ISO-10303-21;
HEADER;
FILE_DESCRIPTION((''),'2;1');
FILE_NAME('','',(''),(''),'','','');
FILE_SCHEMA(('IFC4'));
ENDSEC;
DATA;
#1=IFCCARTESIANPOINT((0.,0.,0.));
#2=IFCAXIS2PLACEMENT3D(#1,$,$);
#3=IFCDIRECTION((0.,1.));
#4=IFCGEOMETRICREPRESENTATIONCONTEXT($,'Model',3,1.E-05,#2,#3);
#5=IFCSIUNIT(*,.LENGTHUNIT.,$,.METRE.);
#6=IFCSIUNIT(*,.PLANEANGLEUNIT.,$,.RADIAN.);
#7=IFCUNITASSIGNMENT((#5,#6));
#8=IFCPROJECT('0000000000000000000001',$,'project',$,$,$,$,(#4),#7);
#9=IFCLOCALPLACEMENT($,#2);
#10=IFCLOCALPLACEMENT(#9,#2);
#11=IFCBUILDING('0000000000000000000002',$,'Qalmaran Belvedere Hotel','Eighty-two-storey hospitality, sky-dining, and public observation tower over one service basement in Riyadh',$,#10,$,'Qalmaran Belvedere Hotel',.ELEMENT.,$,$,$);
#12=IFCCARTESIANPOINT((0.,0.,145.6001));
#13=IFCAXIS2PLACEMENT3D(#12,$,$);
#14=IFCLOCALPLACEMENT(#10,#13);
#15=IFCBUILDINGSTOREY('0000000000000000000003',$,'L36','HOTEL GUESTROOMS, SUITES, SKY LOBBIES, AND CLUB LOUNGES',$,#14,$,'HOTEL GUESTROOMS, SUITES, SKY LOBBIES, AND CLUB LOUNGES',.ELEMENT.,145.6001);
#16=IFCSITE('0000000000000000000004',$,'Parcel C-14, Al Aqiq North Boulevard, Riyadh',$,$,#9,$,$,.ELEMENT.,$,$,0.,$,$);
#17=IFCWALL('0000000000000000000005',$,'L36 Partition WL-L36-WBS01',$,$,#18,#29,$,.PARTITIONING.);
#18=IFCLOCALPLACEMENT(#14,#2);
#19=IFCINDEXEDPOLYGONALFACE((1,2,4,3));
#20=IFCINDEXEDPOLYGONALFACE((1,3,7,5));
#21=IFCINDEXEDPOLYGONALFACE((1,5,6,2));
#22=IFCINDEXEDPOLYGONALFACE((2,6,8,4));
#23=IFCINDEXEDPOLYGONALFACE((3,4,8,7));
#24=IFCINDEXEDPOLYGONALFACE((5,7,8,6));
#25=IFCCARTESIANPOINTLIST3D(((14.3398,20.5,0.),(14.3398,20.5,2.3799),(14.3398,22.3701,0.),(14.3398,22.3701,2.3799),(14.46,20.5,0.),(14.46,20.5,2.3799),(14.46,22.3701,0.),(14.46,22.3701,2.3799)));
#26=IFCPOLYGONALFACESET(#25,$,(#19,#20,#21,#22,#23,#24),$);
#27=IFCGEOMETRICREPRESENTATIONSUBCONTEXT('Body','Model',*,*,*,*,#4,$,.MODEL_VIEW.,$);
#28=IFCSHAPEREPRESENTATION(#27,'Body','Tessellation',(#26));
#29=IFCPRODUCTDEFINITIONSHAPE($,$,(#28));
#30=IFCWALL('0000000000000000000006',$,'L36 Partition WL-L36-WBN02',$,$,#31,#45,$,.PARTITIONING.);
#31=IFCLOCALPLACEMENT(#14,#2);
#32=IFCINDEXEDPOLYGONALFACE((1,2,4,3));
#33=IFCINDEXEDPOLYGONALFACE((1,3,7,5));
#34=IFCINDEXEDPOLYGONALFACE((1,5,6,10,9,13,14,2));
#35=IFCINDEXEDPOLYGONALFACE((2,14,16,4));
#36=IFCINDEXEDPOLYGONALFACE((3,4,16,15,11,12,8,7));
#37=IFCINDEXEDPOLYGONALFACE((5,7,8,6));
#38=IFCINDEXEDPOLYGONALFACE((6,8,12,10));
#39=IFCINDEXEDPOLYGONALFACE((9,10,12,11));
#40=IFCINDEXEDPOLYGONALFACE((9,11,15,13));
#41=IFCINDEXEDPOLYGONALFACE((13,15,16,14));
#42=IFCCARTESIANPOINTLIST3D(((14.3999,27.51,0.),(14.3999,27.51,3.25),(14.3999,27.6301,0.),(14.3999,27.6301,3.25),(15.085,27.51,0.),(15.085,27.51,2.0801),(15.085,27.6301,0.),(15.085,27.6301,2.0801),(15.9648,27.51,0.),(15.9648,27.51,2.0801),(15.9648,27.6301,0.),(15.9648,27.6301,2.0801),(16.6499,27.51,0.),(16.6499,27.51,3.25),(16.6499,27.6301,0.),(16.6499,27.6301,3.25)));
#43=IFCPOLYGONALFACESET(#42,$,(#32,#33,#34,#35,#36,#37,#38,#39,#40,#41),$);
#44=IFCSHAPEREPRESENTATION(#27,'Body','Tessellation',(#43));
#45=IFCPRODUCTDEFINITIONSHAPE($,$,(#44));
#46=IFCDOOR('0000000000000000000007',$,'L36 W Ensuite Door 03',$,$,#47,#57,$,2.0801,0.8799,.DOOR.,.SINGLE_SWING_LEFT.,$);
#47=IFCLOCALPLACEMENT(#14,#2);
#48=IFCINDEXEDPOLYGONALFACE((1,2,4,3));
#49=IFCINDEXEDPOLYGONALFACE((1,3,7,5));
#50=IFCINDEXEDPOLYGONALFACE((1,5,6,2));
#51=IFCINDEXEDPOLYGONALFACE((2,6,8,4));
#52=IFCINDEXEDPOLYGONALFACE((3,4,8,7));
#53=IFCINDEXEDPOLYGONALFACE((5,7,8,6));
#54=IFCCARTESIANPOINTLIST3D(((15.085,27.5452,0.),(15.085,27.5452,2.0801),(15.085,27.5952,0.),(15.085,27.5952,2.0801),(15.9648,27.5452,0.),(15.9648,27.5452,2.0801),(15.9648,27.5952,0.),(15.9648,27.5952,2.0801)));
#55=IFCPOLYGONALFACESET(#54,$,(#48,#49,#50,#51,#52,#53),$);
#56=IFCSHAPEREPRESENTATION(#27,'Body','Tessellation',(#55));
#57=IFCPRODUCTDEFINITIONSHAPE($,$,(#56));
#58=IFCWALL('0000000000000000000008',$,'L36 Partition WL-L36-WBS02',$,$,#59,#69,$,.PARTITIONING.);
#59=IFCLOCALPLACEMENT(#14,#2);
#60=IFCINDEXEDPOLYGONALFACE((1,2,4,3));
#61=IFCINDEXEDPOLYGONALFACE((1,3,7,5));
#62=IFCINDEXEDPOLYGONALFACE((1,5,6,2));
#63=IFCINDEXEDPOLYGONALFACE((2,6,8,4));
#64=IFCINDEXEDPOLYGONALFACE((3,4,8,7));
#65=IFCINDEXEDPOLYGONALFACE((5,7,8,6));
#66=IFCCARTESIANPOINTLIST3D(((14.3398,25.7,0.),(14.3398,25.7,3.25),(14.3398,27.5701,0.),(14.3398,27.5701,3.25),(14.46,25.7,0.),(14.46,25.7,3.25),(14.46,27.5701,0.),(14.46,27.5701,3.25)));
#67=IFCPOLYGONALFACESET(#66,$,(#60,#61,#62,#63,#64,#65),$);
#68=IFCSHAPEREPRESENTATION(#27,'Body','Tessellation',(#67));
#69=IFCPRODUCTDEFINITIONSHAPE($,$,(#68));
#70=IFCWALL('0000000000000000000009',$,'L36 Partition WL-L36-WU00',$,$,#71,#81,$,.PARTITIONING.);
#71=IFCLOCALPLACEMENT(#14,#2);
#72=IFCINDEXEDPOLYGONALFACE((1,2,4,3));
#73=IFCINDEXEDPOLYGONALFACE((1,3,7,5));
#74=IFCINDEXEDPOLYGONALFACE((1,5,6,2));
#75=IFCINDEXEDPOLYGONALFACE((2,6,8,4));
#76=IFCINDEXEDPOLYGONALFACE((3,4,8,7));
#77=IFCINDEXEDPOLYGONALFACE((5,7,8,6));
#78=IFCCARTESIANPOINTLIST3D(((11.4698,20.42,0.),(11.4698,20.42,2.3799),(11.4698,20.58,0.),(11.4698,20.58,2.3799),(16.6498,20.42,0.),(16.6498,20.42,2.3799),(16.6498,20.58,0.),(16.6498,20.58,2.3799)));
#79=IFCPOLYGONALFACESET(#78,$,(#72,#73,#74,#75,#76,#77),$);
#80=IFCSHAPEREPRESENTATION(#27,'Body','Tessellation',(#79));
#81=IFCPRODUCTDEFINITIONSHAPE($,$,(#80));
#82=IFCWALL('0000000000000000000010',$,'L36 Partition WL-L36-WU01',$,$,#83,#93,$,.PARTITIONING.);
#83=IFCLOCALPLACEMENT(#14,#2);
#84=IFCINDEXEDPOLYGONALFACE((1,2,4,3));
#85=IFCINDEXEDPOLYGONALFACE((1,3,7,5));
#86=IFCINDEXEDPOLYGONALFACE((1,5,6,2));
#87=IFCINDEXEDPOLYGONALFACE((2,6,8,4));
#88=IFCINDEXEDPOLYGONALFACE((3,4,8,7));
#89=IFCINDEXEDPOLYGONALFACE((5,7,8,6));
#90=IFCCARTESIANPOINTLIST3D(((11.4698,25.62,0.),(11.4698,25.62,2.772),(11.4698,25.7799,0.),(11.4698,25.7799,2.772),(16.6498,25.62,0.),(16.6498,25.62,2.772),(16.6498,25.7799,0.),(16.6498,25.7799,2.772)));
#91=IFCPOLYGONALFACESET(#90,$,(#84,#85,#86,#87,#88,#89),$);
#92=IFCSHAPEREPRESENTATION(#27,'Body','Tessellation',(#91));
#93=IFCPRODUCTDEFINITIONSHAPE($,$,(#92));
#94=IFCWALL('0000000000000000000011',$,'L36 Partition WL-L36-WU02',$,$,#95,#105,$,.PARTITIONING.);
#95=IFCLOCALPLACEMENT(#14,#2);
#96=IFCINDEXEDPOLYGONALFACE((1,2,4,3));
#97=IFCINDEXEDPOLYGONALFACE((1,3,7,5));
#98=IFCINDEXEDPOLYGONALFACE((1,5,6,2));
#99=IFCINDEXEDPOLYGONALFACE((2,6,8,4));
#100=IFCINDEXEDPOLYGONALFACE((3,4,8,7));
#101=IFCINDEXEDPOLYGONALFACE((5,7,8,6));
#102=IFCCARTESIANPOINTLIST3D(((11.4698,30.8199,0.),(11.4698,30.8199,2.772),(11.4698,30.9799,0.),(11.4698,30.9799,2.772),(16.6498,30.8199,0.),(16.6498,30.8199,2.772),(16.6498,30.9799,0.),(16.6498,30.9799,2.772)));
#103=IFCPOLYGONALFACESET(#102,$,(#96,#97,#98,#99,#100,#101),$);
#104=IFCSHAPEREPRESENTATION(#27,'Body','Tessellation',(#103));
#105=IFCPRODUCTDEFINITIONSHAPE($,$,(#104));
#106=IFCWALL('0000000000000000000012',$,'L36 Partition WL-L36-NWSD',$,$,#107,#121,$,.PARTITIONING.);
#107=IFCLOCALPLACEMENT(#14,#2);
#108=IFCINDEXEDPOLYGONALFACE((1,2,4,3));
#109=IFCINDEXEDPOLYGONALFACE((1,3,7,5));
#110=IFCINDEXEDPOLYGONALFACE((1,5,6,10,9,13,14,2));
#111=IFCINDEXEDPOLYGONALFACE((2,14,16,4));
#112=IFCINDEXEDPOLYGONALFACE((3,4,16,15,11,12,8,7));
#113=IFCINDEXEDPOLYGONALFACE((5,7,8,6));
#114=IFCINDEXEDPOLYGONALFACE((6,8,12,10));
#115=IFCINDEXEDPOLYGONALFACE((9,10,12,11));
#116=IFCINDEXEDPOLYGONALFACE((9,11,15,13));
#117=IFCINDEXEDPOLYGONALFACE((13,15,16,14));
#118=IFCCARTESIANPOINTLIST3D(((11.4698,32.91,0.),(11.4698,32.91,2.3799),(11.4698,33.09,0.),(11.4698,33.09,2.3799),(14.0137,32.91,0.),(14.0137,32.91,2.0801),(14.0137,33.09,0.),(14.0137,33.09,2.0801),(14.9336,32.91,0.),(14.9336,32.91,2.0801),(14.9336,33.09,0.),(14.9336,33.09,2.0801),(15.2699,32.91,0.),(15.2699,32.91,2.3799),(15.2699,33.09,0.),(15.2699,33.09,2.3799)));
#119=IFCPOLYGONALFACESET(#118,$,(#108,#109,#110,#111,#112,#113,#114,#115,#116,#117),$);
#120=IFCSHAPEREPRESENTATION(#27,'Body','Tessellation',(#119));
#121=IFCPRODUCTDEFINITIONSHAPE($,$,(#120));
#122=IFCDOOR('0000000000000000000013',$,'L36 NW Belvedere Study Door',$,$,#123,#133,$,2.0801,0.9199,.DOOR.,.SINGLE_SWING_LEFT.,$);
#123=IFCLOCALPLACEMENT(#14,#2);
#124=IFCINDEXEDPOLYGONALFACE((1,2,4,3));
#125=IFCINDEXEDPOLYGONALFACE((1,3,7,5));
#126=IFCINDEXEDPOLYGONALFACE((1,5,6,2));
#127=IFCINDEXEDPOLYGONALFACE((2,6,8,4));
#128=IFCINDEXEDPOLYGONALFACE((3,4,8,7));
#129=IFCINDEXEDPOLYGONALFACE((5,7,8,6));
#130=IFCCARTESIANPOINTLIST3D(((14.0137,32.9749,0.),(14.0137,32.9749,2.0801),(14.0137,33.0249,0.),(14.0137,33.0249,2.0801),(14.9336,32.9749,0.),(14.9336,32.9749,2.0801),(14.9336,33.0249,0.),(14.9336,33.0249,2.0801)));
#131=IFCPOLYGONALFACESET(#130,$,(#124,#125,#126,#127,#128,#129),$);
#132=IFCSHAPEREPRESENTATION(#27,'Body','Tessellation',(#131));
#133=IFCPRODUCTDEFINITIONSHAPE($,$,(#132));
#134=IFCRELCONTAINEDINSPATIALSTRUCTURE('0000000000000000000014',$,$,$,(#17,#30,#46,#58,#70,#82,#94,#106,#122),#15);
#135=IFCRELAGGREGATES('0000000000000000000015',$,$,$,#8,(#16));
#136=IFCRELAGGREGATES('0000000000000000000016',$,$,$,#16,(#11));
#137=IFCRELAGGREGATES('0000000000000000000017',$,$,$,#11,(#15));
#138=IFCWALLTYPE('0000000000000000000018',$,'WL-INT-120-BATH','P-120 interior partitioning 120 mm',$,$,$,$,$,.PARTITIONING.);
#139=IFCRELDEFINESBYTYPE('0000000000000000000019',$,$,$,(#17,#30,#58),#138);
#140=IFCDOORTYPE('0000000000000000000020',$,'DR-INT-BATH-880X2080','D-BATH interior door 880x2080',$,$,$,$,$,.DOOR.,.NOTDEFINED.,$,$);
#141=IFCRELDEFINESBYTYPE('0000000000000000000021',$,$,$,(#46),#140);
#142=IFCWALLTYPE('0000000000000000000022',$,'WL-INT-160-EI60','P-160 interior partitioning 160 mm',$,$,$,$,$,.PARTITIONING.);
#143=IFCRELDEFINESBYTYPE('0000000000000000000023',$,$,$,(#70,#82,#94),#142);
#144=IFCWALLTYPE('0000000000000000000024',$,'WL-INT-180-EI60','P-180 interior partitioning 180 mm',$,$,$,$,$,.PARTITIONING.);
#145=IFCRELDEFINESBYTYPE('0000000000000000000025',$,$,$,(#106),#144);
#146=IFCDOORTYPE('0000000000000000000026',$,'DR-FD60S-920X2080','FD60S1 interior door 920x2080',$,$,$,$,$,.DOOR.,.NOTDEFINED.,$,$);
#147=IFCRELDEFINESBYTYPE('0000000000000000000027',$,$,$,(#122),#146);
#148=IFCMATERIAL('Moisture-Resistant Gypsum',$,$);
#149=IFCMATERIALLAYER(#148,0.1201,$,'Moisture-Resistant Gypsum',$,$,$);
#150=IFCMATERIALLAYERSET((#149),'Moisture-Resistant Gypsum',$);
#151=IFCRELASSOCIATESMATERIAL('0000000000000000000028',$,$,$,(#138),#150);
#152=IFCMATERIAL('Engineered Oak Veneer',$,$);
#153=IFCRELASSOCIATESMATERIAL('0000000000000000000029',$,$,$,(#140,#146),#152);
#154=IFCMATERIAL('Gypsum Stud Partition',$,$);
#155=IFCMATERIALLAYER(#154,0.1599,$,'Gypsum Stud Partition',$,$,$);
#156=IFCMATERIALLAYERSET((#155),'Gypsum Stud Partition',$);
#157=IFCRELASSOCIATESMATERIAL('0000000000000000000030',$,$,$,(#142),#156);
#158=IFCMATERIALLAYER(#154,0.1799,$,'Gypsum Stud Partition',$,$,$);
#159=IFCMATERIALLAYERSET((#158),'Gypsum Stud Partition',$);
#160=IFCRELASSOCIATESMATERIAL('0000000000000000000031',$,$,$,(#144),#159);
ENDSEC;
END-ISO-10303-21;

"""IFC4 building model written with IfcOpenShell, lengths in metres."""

from ifc_helpers import new_model, si_unit, direction, frame, frame_2d, origin, place, context, subcontext, project, spatial, rectangle, extrude, material, layer, layer_set, type_object, element, fill, save


model = new_model("IFC4")

# Units and contexts
model_context = context("Model", 3, precision=1e-05, world=origin(), true_north=direction((0.0, 1.0)))
body_context = subcontext(model_context, "Body", "Model", "MODEL_VIEW")
ifc_project = project(units=[si_unit("LENGTHUNIT", "METRE"), si_unit("PLANEANGLEUNIT", "RADIAN")], contexts=[model_context])

# Site, building, storey
site_placement = place(None, origin())
site = spatial("IfcSite", under=ifc_project, at=site_placement, Name="Parcel C-14, Al Aqiq North Boulevard, Riyadh", CompositionType="ELEMENT", RefElevation=0.0)
building_placement = place(site_placement, origin())
building = spatial("IfcBuilding", under=site, at=building_placement, Name="Qalmaran Belvedere Hotel", Description="Eighty-two-storey hospitality, sky-dining, and public observation tower over one service basement in Riyadh", LongName="Qalmaran Belvedere Hotel", CompositionType="ELEMENT")
storey_placement = place(building_placement, frame((0.0, 0.0, 145.6001)))
storey = spatial("IfcBuildingStorey", under=building, at=storey_placement, Name="L36", Description="HOTEL GUESTROOMS, SUITES, SKY LOBBIES, AND CLUB LOUNGES", LongName="HOTEL GUESTROOMS, SUITES, SKY LOBBIES, AND CLUB LOUNGES", CompositionType="ELEMENT", Elevation=145.6001)

# Shared definitions
ifc_material_1 = material(Name="Moisture-Resistant Gypsum")
ifc_layer_1 = layer(ifc_material_1, 0.1201, Name="Moisture-Resistant Gypsum")
ifc_layer_set_1 = layer_set([ifc_layer_1], Name="Moisture-Resistant Gypsum")
wall_type_1 = type_object("IfcWallType", Name="WL-INT-120-BATH", Description="P-120 interior partitioning 120 mm", PredefinedType="PARTITIONING", material=ifc_layer_set_1)
ifc_material_2 = material(Name="Engineered Oak Veneer")
door_type_1 = type_object("IfcDoorType", Name="DR-INT-BATH-880X2080", Description="D-BATH interior door 880x2080", OperationType="NOTDEFINED", PredefinedType="DOOR", material=ifc_material_2)

# Wall
wall_1_placement = place(storey_placement, frame((14.3999, 20.5, 0.0), z_axis=(0.0, 0.0, 1.0), x_axis=(0.0, 1.0, 0.0)))
element("IfcWall", 1, at=wall_1_placement, inside=storey, type_object=wall_type_1, Name="L36 Partition WL-L36-WBS01", PredefinedType="PARTITIONING", context=body_context, shape_type="SweptSolid", body=[
    extrude(rectangle(XDim=1.8701, YDim=0.1201, at=frame_2d((0.9351, 0.0))), origin(), (0.0, 0.0, 1.0), 2.3799),
])

# Wall, opening, door
wall_2_placement = place(storey_placement, frame((14.3999, 27.5701, 0.0), z_axis=(0.0, 0.0, 1.0), x_axis=(1.0, 0.0, 0.0)))
wall_2 = element("IfcWall", 2, at=wall_2_placement, inside=storey, type_object=wall_type_1, Name="L36 Partition WL-L36-WBN02", PredefinedType="PARTITIONING", context=body_context, shape_type="SweptSolid", body=[
    extrude(rectangle(XDim=2.25, YDim=0.1201, at=frame_2d((1.125, 0.0))), origin(), (0.0, 0.0, 1.0), 3.25),
])
opening_1_placement = place(wall_2_placement, frame((1.5649, 0.0, 0.0), z_axis=(0.0, 0.0, 1.0), x_axis=(-1.0, 0.0, 0.0)))
opening_1 = element("IfcOpeningElement", 3, at=opening_1_placement, cuts=wall_2, PredefinedType="OPENING", context=body_context, shape_type="SweptSolid", body=[
    extrude(rectangle(XDim=0.8799, YDim=2.0801, at=frame_2d((0.4399, 1.04))), frame((0.0, 0.0701, 0.0), z_axis=(0.0, -1.0, 0.0), x_axis=(1.0, 0.0, 0.0)), (0.0, 0.0, 1.0), 0.1401),
])
door_1_placement = place(opening_1_placement, origin())
door_1 = element("IfcDoor", 4, at=door_1_placement, inside=storey, type_object=door_type_1, Name="L36 W Ensuite Door 03", OperationType="SINGLE_SWING_LEFT", OverallHeight=2.0801, OverallWidth=0.8799, PredefinedType="DOOR", context=body_context, shape_type="SweptSolid", body=[
    extrude(rectangle(XDim=0.8799, YDim=2.0801, at=frame_2d((0.4399, 1.04))), frame((0.0, 0.0249, 0.0), z_axis=(0.0, -1.0, 0.0), x_axis=(1.0, 0.0, 0.0)), (0.0, 0.0, 1.0), 0.05),
])
fill(opening_1, door_1)

# Walls
wall_3_placement = place(storey_placement, frame((14.3999, 25.7, 0.0), z_axis=(0.0, 0.0, 1.0), x_axis=(0.0, 1.0, 0.0)))
element("IfcWall", 5, at=wall_3_placement, inside=storey, type_object=wall_type_1, Name="L36 Partition WL-L36-WBS02", PredefinedType="PARTITIONING", context=body_context, shape_type="SweptSolid", body=[
    extrude(rectangle(XDim=1.8701, YDim=0.1201, at=frame_2d((0.9351, 0.0))), origin(), (0.0, 0.0, 1.0), 3.25),
])
ifc_material_3 = material(Name="Gypsum Stud Partition")
ifc_layer_2 = layer(ifc_material_3, 0.1599, Name="Gypsum Stud Partition")
ifc_layer_set_2 = layer_set([ifc_layer_2], Name="Gypsum Stud Partition")
wall_type_2 = type_object("IfcWallType", Name="WL-INT-160-EI60", Description="P-160 interior partitioning 160 mm", PredefinedType="PARTITIONING", material=ifc_layer_set_2)
wall_4_placement = place(storey_placement, frame((11.47, 20.5, 0.0), z_axis=(0.0, 0.0, 1.0), x_axis=(1.0, 0.0, 0.0)))
element("IfcWall", 6, at=wall_4_placement, inside=storey, type_object=wall_type_2, Name="L36 Partition WL-L36-WU00", PredefinedType="PARTITIONING", context=body_context, shape_type="SweptSolid", body=[
    extrude(rectangle(XDim=5.1799, YDim=0.1599, at=frame_2d((2.5898, 0.0))), origin(), (0.0, 0.0, 1.0), 2.3799),
])
for number, where, z_axis, x_axis, name in (
    (7, (11.47, 25.7, 0.0), (0.0, 0.0, 1.0), (1.0, 0.0, 0.0), "L36 Partition WL-L36-WU01"),
    (8, (11.47, 30.8999, 0.0), (0.0, 0.0, 1.0), (1.0, 0.0, 0.0), "L36 Partition WL-L36-WU02"),
):
    element("IfcWall", number, at=place(storey_placement, frame(where, z_axis=z_axis, x_axis=x_axis)), inside=storey, type_object=wall_type_2, Name=name, PredefinedType="PARTITIONING", context=body_context, shape_type="SweptSolid", body=[
        extrude(rectangle(XDim=5.1799, YDim=0.1599, at=frame_2d((2.5898, 0.0))), origin(), (0.0, 0.0, 1.0), 2.772),
    ])

# Wall, opening, door
ifc_layer_3 = layer(ifc_material_3, 0.1799, Name="Gypsum Stud Partition")
ifc_layer_set_3 = layer_set([ifc_layer_3], Name="Gypsum Stud Partition")
wall_type_3 = type_object("IfcWallType", Name="WL-INT-180-EI60", Description="P-180 interior partitioning 180 mm", PredefinedType="PARTITIONING", material=ifc_layer_set_3)
wall_5_placement = place(storey_placement, frame((11.47, 33.0, 0.0), z_axis=(0.0, 0.0, 1.0), x_axis=(1.0, 0.0, 0.0)))
wall_5 = element("IfcWall", 9, at=wall_5_placement, inside=storey, type_object=wall_type_3, Name="L36 Partition WL-L36-NWSD", PredefinedType="PARTITIONING", context=body_context, shape_type="SweptSolid", body=[
    extrude(rectangle(XDim=3.8, YDim=0.1799, at=frame_2d((1.8999, 0.0))), origin(), (0.0, 0.0, 1.0), 2.3799),
])
opening_2_placement = place(wall_5_placement, frame((2.5437, 0.0, 0.0)))
opening_2 = element("IfcOpeningElement", 10, at=opening_2_placement, cuts=wall_5, PredefinedType="OPENING", context=body_context, shape_type="SweptSolid", body=[
    extrude(rectangle(XDim=0.9199, YDim=2.0801, at=frame_2d((0.46, 1.04))), frame((0.0, 0.1001, 0.0), z_axis=(0.0, -1.0, 0.0), x_axis=(1.0, 0.0, 0.0)), (0.0, 0.0, 1.0), 0.2),
])
door_type_2 = type_object("IfcDoorType", Name="DR-FD60S-920X2080", Description="FD60S1 interior door 920x2080", OperationType="NOTDEFINED", PredefinedType="DOOR", material=ifc_material_2)
door_2_placement = place(opening_2_placement, origin())
door_2 = element("IfcDoor", 11, at=door_2_placement, inside=storey, type_object=door_type_2, Name="L36 NW Belvedere Study Door", OperationType="SINGLE_SWING_LEFT", OverallHeight=2.0801, OverallWidth=0.9199, PredefinedType="DOOR", context=body_context, shape_type="SweptSolid", body=[
    extrude(rectangle(XDim=0.9199, YDim=2.0801, at=frame_2d((0.46, 1.04))), frame((0.0, 0.0249, 0.0), z_axis=(0.0, -1.0, 0.0), x_axis=(1.0, 0.0, 0.0)), (0.0, 0.0, 1.0), 0.05),
])
fill(opening_2, door_2)

save(model, "model.ifc")
